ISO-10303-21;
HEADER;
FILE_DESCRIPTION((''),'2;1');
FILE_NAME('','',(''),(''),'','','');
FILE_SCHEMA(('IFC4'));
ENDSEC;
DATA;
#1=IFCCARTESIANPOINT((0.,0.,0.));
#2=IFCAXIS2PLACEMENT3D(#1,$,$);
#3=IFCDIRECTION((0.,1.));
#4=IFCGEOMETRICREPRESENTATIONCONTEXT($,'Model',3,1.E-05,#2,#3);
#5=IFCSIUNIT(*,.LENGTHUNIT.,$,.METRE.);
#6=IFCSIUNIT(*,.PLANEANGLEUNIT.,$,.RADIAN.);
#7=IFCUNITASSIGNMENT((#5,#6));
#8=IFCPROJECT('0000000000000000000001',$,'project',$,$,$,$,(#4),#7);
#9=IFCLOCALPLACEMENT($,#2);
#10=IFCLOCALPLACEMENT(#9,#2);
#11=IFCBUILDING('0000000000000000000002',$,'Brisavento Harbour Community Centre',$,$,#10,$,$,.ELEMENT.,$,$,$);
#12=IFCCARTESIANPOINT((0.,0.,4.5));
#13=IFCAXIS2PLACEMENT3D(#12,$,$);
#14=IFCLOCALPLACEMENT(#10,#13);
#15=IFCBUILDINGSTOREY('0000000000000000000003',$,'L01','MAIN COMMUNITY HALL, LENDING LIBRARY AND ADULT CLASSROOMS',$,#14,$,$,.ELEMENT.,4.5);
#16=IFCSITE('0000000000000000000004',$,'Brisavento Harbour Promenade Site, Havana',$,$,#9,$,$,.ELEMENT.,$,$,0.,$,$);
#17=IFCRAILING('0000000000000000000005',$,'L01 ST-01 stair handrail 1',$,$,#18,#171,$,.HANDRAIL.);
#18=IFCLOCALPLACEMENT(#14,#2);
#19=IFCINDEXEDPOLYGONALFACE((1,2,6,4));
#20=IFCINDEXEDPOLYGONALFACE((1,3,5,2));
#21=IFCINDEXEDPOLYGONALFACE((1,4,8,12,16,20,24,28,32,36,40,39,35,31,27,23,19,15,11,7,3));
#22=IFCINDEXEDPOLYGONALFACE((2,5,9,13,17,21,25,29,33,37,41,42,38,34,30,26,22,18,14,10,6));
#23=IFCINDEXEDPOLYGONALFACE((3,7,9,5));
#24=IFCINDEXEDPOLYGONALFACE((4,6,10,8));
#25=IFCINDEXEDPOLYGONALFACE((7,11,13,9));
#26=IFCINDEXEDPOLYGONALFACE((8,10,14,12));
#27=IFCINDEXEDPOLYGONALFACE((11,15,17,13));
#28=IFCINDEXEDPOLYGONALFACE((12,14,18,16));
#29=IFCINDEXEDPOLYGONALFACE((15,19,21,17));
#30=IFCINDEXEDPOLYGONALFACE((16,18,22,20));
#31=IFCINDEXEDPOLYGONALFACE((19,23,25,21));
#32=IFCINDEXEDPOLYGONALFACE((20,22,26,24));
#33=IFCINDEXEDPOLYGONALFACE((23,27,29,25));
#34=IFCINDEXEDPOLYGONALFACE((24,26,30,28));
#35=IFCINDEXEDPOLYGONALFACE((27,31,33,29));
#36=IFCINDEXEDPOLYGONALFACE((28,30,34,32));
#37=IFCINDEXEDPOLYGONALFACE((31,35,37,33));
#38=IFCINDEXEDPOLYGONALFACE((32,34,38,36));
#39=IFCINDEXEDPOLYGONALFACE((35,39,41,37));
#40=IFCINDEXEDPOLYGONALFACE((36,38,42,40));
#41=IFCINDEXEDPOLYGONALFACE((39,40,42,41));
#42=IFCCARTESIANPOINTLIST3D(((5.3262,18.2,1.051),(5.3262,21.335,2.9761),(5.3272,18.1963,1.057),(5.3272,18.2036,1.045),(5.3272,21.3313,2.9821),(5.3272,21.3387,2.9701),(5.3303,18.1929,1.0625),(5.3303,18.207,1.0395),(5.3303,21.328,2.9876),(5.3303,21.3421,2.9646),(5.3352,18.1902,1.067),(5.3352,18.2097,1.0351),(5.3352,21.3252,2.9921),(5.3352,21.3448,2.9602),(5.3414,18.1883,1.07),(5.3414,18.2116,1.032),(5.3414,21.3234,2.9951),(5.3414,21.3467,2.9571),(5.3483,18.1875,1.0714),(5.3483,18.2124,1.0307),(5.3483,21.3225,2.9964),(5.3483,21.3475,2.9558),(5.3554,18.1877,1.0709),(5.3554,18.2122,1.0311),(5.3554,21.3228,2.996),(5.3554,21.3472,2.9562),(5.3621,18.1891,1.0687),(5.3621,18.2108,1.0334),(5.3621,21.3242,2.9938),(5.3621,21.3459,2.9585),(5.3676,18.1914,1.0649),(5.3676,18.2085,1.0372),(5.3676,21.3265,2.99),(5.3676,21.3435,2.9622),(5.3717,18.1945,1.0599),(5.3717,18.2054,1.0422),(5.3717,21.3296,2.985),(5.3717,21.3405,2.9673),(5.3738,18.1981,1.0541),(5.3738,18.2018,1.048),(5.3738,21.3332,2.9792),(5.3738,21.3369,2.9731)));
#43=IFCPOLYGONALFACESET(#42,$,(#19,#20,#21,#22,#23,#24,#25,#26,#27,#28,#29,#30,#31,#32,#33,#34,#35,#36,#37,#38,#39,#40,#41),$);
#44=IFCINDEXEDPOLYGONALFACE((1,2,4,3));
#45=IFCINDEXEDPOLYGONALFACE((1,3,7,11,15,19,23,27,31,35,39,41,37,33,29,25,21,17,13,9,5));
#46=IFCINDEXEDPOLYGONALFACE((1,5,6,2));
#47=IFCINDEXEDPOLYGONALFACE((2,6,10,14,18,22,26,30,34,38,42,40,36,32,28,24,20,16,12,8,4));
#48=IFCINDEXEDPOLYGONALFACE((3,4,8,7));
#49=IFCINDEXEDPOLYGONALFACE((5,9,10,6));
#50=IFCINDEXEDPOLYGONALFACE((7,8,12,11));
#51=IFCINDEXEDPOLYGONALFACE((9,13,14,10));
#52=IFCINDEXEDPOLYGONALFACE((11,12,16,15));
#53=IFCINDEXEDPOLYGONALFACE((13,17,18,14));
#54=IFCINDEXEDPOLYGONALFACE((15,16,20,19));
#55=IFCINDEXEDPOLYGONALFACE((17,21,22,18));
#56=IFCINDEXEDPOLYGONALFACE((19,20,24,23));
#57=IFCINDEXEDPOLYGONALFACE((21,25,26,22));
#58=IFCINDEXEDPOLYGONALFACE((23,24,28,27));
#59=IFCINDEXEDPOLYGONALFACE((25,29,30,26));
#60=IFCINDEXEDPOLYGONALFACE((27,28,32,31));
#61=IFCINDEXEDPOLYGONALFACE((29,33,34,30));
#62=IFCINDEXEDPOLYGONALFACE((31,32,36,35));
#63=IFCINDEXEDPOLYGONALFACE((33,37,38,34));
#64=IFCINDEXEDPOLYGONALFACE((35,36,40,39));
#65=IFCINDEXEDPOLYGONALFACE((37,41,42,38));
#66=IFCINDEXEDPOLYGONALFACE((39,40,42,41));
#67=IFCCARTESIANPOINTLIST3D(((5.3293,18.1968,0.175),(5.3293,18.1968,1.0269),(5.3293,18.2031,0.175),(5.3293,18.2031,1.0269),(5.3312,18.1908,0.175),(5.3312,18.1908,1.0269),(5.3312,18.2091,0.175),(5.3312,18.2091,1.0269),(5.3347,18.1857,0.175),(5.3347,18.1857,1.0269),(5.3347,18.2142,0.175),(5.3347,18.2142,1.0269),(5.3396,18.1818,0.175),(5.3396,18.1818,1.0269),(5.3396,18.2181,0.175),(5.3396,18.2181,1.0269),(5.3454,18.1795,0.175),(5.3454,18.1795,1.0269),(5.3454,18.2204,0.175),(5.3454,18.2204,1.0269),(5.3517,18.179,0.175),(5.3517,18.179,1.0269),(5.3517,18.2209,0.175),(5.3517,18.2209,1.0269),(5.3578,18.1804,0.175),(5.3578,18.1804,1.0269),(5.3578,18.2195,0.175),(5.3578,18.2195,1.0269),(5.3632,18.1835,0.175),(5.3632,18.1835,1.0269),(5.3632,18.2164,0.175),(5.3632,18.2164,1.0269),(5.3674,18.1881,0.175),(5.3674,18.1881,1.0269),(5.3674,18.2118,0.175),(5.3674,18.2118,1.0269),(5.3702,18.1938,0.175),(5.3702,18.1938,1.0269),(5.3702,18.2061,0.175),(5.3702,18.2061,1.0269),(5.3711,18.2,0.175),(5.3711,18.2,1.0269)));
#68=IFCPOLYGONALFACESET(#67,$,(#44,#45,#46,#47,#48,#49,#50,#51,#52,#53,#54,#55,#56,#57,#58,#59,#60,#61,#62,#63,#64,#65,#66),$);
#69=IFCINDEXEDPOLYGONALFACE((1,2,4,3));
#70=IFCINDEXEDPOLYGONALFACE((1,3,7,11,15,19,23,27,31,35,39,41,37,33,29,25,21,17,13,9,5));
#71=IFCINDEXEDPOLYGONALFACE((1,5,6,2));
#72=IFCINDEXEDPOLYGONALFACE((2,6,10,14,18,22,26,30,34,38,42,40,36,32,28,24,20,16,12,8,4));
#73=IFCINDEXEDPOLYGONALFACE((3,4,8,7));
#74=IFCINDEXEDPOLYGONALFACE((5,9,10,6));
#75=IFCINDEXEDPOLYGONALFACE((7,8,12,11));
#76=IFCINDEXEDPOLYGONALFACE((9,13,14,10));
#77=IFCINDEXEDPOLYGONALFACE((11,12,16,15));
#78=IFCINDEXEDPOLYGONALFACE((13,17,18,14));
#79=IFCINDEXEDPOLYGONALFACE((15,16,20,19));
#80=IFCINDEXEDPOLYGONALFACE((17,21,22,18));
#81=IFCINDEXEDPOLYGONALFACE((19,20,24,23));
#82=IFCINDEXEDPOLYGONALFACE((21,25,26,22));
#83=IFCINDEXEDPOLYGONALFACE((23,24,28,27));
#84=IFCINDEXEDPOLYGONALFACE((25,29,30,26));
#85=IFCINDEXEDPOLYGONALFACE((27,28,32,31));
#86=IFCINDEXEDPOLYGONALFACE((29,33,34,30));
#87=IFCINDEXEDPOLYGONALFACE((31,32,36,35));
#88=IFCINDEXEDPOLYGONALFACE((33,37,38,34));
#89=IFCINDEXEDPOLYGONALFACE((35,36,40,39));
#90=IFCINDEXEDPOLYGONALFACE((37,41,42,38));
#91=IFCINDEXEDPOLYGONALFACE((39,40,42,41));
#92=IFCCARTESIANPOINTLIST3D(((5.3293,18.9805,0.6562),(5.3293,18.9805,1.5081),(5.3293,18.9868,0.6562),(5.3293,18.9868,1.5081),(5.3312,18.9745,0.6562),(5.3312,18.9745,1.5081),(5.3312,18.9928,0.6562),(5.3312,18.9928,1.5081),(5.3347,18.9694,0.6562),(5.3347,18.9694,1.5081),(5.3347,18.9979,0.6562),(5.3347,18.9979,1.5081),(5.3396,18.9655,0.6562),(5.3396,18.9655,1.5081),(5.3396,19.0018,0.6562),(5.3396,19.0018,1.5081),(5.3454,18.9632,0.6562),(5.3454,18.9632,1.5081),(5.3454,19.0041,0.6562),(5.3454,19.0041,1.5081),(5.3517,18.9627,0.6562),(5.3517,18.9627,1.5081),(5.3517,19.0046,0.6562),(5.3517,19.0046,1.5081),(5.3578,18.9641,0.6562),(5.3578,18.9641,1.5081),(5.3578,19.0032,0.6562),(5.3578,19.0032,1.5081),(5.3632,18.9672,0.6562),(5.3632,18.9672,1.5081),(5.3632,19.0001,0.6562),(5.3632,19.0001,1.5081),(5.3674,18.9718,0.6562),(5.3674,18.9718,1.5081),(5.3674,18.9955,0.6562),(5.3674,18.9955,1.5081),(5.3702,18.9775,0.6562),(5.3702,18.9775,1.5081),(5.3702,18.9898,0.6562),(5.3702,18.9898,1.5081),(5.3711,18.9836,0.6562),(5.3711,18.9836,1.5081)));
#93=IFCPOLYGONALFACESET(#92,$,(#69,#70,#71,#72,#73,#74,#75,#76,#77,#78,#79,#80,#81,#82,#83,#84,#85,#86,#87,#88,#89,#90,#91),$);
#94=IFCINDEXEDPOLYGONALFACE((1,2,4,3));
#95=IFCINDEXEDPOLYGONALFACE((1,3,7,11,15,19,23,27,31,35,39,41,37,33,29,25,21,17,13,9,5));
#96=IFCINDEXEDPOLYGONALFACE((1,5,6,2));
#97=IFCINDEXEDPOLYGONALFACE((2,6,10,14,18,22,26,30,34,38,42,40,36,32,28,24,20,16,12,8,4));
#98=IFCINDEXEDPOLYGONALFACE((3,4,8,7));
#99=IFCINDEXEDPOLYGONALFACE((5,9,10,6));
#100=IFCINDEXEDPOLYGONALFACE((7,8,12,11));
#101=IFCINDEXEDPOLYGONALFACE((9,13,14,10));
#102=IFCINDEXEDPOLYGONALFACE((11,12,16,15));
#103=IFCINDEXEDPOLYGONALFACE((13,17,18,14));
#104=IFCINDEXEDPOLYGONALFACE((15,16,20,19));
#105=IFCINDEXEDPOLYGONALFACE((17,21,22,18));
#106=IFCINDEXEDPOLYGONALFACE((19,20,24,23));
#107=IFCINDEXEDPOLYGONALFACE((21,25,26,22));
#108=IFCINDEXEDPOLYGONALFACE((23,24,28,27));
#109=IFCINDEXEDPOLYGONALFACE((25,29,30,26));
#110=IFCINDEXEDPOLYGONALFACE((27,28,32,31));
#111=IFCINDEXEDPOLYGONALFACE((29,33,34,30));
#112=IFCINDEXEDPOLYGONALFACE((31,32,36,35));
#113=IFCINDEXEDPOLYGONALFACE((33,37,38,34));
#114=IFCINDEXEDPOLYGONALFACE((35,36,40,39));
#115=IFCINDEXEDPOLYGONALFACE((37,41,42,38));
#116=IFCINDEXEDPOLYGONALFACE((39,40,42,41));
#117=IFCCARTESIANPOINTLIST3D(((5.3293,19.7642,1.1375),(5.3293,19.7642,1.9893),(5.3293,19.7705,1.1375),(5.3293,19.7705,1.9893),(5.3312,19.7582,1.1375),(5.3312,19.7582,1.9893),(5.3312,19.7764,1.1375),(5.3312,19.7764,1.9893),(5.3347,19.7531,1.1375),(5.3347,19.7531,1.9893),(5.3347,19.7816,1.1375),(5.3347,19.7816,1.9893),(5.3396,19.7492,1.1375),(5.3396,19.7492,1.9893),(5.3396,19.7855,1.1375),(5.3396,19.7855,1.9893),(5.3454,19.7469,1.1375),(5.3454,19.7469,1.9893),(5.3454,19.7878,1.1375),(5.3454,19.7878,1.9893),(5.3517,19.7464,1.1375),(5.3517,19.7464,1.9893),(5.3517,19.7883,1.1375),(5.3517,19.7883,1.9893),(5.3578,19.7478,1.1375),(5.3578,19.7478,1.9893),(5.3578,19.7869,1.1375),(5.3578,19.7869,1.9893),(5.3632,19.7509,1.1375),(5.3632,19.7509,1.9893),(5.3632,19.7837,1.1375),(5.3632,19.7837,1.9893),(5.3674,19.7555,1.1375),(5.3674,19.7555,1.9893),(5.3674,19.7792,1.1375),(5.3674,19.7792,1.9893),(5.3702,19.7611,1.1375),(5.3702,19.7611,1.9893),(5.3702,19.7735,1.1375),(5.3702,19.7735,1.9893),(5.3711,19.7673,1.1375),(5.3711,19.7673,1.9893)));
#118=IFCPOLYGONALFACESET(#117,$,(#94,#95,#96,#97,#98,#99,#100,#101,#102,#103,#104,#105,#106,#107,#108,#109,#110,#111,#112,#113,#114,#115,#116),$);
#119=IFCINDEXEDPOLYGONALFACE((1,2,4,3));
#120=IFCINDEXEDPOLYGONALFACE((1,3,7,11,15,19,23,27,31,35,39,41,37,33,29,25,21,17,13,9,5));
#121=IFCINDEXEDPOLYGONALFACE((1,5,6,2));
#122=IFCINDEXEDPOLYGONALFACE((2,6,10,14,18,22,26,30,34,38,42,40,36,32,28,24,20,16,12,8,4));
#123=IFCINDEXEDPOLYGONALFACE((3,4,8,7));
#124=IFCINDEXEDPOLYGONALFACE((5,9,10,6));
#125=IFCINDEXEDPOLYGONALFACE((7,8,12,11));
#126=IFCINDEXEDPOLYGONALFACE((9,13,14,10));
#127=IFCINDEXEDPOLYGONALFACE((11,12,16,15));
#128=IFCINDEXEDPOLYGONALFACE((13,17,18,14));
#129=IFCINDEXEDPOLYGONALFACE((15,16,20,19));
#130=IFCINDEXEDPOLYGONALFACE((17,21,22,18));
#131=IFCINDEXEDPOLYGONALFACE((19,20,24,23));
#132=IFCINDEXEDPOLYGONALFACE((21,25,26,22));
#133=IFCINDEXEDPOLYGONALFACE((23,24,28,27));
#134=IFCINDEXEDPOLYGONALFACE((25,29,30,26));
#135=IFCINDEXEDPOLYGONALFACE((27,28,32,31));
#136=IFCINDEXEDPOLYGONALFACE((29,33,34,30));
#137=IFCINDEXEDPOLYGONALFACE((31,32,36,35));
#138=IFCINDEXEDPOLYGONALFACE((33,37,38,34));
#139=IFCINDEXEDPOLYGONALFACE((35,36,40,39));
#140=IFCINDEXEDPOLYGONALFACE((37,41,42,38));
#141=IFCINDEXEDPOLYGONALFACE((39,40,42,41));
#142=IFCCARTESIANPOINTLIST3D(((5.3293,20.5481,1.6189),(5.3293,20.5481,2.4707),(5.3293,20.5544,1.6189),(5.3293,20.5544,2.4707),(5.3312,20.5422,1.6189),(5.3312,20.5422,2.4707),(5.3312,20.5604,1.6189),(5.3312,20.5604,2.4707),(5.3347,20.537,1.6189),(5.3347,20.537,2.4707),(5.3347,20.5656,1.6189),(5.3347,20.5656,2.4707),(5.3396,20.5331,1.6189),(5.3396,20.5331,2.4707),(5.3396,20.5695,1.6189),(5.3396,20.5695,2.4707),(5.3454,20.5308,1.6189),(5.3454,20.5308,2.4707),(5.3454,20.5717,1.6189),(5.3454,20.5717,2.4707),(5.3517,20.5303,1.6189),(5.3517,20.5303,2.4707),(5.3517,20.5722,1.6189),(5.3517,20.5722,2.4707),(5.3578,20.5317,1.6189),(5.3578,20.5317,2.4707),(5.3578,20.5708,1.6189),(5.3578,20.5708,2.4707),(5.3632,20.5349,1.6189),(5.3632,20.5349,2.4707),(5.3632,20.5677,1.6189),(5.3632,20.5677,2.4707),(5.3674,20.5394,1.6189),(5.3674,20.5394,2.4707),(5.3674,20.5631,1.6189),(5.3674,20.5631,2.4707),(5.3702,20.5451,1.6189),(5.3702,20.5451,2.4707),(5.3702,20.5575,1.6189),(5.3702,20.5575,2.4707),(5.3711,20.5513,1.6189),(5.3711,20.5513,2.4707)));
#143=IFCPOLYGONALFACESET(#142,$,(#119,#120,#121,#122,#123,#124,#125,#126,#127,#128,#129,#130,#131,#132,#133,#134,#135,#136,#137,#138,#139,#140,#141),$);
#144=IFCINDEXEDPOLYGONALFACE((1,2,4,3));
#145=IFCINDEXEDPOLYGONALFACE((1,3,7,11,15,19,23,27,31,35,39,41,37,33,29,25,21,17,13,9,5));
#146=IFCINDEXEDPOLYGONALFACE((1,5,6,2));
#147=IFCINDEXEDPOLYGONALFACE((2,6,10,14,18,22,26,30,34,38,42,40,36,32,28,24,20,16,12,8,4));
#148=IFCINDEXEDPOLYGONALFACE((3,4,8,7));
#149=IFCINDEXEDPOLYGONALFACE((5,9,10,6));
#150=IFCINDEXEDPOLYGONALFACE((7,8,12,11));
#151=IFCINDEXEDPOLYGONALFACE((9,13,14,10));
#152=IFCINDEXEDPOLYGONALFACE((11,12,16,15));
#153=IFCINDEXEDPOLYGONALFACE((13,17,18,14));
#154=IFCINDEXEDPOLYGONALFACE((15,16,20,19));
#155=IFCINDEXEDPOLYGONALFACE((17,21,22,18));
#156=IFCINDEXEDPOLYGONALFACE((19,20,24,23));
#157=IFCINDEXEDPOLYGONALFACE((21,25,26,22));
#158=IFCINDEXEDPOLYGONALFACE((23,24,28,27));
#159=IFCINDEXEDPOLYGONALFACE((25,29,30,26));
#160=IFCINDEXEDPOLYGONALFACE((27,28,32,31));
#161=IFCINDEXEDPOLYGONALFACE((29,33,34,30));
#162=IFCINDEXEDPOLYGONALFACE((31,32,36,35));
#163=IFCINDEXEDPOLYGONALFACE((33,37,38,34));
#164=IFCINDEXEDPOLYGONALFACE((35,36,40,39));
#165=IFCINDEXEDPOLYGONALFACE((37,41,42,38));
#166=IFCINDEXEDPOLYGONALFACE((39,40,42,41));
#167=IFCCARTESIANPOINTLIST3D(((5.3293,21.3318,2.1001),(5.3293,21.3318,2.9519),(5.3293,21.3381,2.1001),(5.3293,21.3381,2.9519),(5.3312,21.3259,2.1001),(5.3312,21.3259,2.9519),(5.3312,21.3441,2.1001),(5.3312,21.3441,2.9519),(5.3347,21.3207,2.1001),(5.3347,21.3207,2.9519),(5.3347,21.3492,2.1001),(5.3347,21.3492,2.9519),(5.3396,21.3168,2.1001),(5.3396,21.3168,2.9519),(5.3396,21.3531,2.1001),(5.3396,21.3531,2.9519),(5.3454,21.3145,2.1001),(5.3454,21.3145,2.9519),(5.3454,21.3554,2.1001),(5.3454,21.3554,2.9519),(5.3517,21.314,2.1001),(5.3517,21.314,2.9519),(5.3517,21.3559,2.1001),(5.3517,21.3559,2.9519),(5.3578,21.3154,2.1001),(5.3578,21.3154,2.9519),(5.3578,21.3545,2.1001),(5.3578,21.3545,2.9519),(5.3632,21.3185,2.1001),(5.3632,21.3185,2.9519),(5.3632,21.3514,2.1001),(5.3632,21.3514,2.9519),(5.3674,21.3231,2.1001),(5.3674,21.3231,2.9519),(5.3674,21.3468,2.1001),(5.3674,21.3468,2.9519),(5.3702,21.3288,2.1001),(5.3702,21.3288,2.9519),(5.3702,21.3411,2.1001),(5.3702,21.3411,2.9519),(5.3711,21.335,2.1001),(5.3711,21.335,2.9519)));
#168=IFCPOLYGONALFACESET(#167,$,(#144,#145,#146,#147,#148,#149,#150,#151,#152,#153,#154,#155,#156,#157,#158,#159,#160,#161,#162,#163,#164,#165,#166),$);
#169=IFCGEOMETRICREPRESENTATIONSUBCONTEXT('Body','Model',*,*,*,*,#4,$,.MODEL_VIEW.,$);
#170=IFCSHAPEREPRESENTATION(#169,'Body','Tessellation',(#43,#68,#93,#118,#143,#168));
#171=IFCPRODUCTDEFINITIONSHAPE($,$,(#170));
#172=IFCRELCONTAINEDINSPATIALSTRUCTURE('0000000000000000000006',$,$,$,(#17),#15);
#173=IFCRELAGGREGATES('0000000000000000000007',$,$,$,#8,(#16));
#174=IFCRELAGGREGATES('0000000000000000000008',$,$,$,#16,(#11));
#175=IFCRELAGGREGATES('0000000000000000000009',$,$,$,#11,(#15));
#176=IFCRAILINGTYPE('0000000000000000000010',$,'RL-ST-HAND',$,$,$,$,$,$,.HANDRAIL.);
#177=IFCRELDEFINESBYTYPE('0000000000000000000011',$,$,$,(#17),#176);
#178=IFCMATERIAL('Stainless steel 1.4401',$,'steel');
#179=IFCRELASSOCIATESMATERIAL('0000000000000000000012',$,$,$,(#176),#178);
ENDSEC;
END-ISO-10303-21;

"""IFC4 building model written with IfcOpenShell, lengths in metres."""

from ifc_helpers import new_model, si_unit, direction, frame, origin, origin_2d, place, context, subcontext, project, spatial, circle, extrude, material, type_object, element, save


model = new_model("IFC4")

# Units and contexts
model_context = context("Model", 3, precision=1e-05, world=origin(), true_north=direction((0.0, 1.0)))
body_context = subcontext(model_context, "Body", "Model", "MODEL_VIEW")
ifc_project = project(units=[si_unit("LENGTHUNIT", "METRE"), si_unit("PLANEANGLEUNIT", "RADIAN")], contexts=[model_context])

# Site, building, storey
site_placement = place(None, origin())
site = spatial("IfcSite", under=ifc_project, at=site_placement, Name="Brisavento Harbour Promenade Site, Havana", CompositionType="ELEMENT", RefElevation=0.0)
building_placement = place(site_placement, origin())
building = spatial("IfcBuilding", under=site, at=building_placement, Name="Brisavento Harbour Community Centre", CompositionType="ELEMENT")
storey_placement = place(building_placement, frame((0.0, 0.0, 4.5)))
storey = spatial("IfcBuildingStorey", under=building, at=storey_placement, Name="L01", Description="MAIN COMMUNITY HALL, LENDING LIBRARY AND ADULT CLASSROOMS", CompositionType="ELEMENT", Elevation=4.5)

# Shared definitions
ifc_material_1 = material(Name="Stainless steel 1.4401", Category="steel")

# Railing
railing_type_1 = type_object("IfcRailingType", Name="RL-ST-HAND", PredefinedType="HANDRAIL", material=ifc_material_1)
railing_1_placement = place(storey_placement, frame((5.3501, 18.2, 0.175)))
element("IfcRailing", 1, at=railing_1_placement, inside=storey, type_object=railing_type_1, Name="L01 ST-01 stair handrail 1", PredefinedType="HANDRAIL", context=body_context, shape_type="SweptSolid", body=[
    extrude(circle(Radius=0.0239, at=origin_2d()), frame((0.0, 0.0, 0.876), z_axis=(0.0, 0.852166, 0.523271), x_axis=(-1.0, 0.0, 0.0)), (0.0, 0.0, 1.0), 3.679),
    extrude(circle(Radius=0.021, at=origin_2d()), origin(), (0.0, 0.0, 1.0), 0.8518),
    extrude(circle(Radius=0.021, at=origin_2d()), frame((0.0, 0.7837, 0.4812)), (0.0, 0.0, 1.0), 0.8518),
    extrude(circle(Radius=0.021, at=origin_2d()), frame((0.0, 1.5674, 0.9624)), (0.0, 0.0, 1.0), 0.8518),
    extrude(circle(Radius=0.021, at=origin_2d()), frame((0.0, 2.3513, 1.4438)), (0.0, 0.0, 1.0), 0.8518),
    extrude(circle(Radius=0.021, at=origin_2d()), frame((0.0, 3.135, 1.925)), (0.0, 0.0, 1.0), 0.8518),
])

save(model, "model.ifc")
